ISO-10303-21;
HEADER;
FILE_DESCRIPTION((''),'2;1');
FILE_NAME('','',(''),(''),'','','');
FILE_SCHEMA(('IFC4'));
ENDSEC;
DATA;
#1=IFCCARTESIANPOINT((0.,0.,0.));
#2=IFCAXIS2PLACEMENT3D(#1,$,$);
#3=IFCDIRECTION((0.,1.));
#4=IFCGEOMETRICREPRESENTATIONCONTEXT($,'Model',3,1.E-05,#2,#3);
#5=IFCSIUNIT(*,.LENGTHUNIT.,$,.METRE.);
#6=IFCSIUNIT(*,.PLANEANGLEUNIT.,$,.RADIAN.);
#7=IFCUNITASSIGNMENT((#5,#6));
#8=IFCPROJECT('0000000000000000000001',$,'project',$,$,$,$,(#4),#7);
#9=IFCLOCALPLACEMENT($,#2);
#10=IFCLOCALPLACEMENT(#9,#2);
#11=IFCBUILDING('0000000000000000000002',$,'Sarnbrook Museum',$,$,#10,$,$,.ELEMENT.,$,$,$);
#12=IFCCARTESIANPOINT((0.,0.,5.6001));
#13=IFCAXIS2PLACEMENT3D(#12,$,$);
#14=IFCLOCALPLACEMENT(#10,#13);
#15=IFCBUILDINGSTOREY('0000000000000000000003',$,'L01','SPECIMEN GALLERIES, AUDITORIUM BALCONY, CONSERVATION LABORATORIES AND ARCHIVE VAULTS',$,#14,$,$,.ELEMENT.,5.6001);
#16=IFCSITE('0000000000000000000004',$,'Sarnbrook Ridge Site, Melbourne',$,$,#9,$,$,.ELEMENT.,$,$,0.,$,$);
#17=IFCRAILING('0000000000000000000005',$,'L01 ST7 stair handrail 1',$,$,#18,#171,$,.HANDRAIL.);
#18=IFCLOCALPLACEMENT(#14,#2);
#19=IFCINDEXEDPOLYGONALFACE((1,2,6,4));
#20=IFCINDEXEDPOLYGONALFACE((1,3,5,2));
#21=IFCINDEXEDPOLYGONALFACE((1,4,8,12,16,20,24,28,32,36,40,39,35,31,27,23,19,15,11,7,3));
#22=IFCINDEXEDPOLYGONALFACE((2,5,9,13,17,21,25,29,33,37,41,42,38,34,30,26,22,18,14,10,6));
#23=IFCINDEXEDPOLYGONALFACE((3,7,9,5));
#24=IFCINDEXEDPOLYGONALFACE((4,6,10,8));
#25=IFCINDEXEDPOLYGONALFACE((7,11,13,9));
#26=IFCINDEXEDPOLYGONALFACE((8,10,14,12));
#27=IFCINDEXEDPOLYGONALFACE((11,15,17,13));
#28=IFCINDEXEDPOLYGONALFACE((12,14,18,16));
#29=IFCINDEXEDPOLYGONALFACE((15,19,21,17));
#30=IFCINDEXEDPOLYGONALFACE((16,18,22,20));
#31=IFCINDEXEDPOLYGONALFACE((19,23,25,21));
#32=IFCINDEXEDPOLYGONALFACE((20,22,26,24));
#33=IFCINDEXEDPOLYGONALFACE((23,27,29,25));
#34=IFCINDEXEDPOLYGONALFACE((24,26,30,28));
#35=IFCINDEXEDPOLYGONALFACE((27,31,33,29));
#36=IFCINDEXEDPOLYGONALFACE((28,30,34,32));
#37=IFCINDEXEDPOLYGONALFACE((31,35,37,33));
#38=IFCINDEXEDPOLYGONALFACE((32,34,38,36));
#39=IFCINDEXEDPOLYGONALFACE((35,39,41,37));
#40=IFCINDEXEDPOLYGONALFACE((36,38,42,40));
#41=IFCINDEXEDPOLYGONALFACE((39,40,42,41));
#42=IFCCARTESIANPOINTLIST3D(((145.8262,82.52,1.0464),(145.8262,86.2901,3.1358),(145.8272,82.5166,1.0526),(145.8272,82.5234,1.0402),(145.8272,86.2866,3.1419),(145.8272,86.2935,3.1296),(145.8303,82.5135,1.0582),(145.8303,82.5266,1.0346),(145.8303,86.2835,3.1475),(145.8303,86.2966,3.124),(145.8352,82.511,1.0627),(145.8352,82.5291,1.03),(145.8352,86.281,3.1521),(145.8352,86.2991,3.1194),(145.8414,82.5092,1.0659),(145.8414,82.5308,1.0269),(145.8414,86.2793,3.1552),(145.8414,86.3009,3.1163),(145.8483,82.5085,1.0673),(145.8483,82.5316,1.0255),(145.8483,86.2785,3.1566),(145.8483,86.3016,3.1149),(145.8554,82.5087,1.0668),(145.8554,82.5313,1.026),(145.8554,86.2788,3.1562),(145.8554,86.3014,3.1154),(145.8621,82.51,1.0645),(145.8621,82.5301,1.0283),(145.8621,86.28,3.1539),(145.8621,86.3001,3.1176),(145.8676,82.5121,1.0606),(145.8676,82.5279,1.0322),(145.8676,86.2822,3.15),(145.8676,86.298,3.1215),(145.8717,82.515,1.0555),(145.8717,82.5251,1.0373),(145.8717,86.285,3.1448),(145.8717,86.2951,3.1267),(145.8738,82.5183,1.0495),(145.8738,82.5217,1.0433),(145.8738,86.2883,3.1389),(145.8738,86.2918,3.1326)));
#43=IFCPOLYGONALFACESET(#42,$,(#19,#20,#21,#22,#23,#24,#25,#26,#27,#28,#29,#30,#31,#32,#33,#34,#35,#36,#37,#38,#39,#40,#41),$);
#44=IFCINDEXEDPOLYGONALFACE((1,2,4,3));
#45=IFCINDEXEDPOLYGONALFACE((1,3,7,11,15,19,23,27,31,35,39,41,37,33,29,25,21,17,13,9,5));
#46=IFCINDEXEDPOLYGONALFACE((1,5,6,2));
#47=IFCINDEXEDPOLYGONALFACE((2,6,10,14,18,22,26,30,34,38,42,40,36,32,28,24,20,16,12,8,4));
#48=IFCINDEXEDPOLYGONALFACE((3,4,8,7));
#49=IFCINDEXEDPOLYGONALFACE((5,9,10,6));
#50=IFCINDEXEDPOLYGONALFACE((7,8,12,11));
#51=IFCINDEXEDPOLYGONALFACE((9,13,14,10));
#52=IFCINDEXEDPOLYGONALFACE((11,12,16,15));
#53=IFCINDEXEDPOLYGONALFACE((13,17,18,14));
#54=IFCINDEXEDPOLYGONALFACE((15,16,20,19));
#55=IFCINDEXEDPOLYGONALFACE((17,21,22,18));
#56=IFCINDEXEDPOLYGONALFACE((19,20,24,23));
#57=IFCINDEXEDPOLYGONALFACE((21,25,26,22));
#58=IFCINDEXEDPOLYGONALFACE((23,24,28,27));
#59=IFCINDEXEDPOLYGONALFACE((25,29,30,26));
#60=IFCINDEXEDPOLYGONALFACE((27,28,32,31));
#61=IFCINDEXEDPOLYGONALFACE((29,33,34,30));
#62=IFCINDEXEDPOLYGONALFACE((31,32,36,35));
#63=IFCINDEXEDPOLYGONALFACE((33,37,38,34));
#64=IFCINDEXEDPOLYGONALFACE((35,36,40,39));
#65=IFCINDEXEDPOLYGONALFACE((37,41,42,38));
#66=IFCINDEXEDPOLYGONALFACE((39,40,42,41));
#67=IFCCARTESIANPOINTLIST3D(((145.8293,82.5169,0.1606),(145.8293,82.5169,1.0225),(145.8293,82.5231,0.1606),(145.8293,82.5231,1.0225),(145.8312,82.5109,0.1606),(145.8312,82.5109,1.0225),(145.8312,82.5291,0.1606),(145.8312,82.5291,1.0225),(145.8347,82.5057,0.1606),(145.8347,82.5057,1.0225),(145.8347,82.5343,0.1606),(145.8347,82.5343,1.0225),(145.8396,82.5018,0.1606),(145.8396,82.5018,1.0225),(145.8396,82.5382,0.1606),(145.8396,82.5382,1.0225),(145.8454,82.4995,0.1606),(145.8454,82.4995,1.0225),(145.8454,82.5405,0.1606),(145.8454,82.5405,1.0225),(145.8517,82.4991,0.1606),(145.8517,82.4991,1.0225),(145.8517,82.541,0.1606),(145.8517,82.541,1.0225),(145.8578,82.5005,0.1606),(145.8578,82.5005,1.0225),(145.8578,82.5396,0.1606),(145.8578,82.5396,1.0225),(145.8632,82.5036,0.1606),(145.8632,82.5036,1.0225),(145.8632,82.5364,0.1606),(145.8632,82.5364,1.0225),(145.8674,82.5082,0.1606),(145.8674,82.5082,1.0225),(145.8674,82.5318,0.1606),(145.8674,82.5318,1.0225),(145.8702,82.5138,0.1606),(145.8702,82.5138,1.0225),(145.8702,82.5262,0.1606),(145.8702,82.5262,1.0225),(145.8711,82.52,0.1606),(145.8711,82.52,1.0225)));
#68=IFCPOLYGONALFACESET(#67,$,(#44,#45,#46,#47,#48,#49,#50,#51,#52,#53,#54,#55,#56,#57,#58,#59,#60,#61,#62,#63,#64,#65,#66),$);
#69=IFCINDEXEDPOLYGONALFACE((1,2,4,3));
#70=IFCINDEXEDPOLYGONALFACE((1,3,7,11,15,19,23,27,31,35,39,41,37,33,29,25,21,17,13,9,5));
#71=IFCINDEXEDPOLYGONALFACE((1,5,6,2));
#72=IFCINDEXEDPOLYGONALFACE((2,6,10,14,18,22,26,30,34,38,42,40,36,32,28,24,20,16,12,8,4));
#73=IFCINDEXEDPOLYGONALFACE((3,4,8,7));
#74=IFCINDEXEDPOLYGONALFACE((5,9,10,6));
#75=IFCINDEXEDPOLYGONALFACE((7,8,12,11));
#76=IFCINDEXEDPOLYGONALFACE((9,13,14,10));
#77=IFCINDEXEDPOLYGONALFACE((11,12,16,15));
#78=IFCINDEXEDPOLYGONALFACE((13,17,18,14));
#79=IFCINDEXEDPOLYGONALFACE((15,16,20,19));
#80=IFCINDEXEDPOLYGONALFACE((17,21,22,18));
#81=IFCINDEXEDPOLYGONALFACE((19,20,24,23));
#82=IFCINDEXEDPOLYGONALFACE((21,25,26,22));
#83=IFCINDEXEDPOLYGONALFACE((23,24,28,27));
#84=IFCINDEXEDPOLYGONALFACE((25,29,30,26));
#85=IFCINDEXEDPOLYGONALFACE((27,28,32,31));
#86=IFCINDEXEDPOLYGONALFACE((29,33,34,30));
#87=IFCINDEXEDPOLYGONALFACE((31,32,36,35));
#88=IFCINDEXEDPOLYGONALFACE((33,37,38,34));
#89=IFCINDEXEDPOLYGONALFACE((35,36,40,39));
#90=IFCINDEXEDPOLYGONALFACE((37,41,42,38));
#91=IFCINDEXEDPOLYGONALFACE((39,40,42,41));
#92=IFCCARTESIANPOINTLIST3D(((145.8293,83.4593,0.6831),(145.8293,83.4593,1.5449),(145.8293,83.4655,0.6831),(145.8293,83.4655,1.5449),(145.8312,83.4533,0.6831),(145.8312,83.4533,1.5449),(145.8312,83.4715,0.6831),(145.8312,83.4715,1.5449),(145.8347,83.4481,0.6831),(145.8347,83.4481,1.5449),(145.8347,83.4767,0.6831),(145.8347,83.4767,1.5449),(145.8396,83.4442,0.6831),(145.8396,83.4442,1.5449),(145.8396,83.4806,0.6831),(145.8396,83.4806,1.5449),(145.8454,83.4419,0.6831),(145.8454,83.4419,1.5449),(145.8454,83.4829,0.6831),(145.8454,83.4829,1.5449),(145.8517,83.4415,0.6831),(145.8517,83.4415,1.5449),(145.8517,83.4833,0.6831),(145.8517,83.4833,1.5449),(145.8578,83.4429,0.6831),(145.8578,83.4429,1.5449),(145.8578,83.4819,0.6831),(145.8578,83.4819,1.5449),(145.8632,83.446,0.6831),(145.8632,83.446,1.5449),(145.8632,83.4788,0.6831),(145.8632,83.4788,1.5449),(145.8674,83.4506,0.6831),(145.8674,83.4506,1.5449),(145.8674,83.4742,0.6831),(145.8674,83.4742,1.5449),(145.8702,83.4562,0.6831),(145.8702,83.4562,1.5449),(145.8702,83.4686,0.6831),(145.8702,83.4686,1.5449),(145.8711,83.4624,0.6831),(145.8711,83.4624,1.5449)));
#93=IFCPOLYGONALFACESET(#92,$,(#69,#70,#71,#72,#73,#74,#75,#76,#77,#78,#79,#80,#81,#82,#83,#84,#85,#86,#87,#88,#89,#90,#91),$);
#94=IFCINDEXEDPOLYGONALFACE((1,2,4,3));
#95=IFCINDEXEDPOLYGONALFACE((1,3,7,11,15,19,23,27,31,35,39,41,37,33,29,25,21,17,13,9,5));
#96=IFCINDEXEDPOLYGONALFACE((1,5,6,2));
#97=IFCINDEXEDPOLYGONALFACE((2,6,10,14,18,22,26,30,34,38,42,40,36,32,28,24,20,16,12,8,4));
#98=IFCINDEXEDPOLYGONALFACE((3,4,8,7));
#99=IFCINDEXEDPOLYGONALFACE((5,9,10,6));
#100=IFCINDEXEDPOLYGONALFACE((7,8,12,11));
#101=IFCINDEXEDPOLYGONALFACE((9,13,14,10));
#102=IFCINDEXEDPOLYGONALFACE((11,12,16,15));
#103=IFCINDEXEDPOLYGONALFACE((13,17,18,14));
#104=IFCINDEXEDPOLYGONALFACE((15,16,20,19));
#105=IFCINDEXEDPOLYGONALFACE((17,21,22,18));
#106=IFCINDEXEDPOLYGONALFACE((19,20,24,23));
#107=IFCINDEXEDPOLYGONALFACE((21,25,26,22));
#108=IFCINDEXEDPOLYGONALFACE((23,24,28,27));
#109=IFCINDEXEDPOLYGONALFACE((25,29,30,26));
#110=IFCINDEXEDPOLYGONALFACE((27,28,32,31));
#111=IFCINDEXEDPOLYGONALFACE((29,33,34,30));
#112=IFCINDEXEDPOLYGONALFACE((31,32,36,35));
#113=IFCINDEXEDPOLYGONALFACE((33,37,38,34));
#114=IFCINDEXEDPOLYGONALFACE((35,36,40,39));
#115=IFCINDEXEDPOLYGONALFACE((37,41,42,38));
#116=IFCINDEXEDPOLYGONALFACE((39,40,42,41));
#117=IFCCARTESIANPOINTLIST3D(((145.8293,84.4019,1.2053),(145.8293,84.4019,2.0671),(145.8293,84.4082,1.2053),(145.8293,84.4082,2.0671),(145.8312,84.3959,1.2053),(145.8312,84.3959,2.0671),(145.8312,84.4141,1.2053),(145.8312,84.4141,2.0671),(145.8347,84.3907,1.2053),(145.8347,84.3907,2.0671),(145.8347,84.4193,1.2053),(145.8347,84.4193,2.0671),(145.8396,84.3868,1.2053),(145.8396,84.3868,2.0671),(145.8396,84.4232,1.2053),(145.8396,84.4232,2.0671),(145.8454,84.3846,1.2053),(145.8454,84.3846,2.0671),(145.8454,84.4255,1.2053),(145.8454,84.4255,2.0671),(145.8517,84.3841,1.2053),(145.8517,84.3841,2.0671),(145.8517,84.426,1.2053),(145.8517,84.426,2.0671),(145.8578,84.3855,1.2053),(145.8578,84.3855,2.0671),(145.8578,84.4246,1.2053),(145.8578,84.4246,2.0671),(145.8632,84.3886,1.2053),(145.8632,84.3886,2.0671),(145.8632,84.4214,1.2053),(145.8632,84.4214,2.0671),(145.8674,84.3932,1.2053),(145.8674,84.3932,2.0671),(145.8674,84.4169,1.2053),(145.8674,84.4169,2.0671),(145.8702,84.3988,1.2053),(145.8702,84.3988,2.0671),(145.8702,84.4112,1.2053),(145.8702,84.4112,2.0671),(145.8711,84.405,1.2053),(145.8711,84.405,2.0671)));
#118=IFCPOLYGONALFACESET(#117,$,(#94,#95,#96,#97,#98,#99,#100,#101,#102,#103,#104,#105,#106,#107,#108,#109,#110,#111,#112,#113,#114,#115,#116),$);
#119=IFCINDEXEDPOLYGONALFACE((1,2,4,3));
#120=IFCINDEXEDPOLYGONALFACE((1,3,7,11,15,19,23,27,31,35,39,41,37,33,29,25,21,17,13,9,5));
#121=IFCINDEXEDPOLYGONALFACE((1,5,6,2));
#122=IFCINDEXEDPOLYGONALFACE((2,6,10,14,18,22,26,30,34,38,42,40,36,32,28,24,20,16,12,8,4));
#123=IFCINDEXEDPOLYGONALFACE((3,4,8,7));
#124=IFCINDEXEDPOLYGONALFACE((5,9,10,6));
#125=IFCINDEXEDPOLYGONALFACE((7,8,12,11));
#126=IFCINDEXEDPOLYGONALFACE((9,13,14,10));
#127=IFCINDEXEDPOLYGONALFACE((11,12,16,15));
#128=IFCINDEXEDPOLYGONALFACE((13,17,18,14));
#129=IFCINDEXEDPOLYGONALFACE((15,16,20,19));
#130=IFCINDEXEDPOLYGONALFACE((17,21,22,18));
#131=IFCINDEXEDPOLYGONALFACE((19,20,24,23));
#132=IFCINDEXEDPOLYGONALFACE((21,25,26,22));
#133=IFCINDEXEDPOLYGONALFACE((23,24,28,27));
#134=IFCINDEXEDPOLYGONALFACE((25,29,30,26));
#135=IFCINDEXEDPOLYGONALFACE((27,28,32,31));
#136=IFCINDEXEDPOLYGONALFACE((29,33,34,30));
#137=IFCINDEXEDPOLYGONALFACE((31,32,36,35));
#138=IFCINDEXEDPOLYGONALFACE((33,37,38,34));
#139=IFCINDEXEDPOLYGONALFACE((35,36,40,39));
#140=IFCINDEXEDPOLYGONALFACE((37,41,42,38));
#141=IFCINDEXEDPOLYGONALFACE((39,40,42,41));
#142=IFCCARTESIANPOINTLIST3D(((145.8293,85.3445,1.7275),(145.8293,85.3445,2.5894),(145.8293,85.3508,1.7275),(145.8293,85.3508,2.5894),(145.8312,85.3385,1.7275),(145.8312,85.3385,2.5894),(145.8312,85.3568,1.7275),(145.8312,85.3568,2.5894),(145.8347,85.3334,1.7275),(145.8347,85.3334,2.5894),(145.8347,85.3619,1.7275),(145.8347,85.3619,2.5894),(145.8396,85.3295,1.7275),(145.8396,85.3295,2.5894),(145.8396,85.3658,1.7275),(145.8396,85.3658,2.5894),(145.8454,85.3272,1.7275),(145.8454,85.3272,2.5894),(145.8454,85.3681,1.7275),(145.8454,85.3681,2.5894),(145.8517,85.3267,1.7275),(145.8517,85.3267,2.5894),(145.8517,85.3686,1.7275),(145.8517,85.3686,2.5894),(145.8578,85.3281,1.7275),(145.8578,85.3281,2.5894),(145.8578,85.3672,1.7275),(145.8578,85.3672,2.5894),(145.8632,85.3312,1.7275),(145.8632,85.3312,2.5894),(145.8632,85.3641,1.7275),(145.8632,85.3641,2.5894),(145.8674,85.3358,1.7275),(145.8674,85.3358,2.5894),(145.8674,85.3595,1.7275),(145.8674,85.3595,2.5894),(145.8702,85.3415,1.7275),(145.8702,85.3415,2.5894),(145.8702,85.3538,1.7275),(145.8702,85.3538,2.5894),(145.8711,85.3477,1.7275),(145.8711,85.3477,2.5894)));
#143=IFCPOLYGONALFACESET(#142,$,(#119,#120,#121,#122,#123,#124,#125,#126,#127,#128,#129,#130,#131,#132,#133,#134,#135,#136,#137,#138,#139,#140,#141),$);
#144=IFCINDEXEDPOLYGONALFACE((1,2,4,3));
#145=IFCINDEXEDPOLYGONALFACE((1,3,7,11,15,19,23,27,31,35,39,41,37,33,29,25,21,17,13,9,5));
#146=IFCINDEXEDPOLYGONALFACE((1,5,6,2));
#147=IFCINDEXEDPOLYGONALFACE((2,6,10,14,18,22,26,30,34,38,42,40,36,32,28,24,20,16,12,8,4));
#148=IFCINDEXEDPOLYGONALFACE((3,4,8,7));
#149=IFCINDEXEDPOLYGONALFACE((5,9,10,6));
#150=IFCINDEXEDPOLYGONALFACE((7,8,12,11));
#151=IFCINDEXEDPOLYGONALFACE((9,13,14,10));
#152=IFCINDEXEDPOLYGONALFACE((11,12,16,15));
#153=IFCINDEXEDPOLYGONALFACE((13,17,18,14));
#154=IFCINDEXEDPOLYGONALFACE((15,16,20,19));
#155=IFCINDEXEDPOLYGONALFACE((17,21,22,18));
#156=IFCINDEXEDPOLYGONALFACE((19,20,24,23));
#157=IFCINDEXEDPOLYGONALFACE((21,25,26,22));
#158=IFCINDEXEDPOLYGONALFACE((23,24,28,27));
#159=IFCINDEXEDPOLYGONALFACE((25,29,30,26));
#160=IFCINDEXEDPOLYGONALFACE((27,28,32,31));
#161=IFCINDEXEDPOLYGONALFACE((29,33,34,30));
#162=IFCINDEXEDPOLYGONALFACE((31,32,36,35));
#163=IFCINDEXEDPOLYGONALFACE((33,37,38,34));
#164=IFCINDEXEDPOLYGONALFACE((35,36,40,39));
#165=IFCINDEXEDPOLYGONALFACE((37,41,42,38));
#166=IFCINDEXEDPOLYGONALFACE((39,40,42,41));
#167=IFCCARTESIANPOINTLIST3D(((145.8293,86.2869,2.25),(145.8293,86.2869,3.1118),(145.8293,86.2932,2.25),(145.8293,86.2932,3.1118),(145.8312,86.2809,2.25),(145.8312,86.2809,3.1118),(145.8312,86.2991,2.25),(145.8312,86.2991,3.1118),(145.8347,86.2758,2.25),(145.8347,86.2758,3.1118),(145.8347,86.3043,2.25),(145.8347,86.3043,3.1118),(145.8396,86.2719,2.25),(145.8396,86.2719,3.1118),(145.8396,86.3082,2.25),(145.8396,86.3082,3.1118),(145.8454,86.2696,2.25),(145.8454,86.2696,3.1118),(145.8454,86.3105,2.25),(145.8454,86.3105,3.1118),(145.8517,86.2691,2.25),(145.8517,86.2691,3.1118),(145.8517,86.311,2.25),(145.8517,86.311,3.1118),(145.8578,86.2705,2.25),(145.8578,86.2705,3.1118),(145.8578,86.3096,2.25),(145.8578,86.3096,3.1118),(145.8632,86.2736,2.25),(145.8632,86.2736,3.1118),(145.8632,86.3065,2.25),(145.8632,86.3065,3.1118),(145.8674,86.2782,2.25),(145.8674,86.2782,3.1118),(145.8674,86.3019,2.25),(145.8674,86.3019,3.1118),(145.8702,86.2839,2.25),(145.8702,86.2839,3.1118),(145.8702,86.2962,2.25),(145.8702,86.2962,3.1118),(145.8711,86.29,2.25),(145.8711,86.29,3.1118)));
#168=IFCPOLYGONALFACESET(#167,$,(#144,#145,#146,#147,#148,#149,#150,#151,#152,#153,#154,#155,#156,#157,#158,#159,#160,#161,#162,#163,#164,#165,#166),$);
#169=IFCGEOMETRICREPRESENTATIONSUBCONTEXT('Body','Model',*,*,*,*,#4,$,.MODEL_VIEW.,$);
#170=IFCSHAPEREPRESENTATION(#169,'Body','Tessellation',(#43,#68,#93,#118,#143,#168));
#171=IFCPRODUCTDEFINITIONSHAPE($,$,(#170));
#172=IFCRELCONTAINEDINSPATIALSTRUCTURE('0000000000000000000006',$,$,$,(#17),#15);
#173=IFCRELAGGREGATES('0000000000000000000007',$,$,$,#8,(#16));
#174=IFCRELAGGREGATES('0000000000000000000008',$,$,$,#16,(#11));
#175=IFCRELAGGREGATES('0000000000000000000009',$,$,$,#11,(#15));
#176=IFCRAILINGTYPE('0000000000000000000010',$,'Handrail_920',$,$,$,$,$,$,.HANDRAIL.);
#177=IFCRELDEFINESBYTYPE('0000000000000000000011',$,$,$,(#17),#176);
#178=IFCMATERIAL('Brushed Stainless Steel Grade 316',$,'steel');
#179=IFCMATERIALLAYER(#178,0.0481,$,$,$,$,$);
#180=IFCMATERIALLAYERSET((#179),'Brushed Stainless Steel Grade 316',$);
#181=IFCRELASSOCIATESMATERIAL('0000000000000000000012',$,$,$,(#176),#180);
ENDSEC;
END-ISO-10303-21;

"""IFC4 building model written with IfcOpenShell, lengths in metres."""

from ifc_helpers import new_model, si_unit, direction, frame, origin, origin_2d, place, context, subcontext, project, spatial, circle, extrude, material, layer, layer_set, type_object, element, save


model = new_model("IFC4")

# Units and contexts
model_context = context("Model", 3, precision=1e-05, world=origin(), true_north=direction((0.0, 1.0)))
body_context = subcontext(model_context, "Body", "Model", "MODEL_VIEW")
ifc_project = project(units=[si_unit("LENGTHUNIT", "METRE"), si_unit("PLANEANGLEUNIT", "RADIAN")], contexts=[model_context])

# Site, building, storey
site_placement = place(None, origin())
site = spatial("IfcSite", under=ifc_project, at=site_placement, Name="Sarnbrook Ridge Site, Melbourne", CompositionType="ELEMENT", RefElevation=0.0)
building_placement = place(site_placement, origin())
building = spatial("IfcBuilding", under=site, at=building_placement, Name="Sarnbrook Museum", CompositionType="ELEMENT")
storey_placement = place(building_placement, frame((0.0, 0.0, 5.6001)))
storey = spatial("IfcBuildingStorey", under=building, at=storey_placement, Name="L01", Description="SPECIMEN GALLERIES, AUDITORIUM BALCONY, CONSERVATION LABORATORIES AND ARCHIVE VAULTS", CompositionType="ELEMENT", Elevation=5.6001)

# Railing
ifc_material_1 = material(Name="Brushed Stainless Steel Grade 316", Category="steel")
ifc_layer_1 = layer(ifc_material_1, 0.0481)
ifc_layer_set_1 = layer_set([ifc_layer_1], Name="Brushed Stainless Steel Grade 316")
railing_type_1 = type_object("IfcRailingType", Name="Handrail_920", PredefinedType="HANDRAIL", material=ifc_layer_set_1)
railing_1_placement = place(storey_placement, frame((145.8501, 82.52, 0.1606)))
element("IfcRailing", 1, at=railing_1_placement, inside=storey, type_object=railing_type_1, Name="L01 ST7 stair handrail 1", PredefinedType="HANDRAIL", context=body_context, shape_type="SweptSolid", body=[
    extrude(circle(Radius=0.0239, at=origin_2d()), frame((0.0, 0.0, 0.8857), z_axis=(0.0, 0.874659, 0.484739), x_axis=(-1.0, 0.0, 0.0)), (0.0, 0.0, 1.0), 4.3103),
    extrude(circle(Radius=0.021, at=origin_2d()), origin(), (0.0, 0.0, 1.0), 0.8618),
    extrude(circle(Radius=0.021, at=origin_2d()), frame((0.0, 0.9424, 0.5225)), (0.0, 0.0, 1.0), 0.8618),
    extrude(circle(Radius=0.021, at=origin_2d()), frame((0.0, 1.885, 1.0447)), (0.0, 0.0, 1.0), 0.8618),
    extrude(circle(Radius=0.021, at=origin_2d()), frame((0.0, 2.8276, 1.5669)), (0.0, 0.0, 1.0), 0.8618),
    extrude(circle(Radius=0.021, at=origin_2d()), frame((0.0, 3.77, 2.0894)), (0.0, 0.0, 1.0), 0.8618),
])

save(model, "model.ifc")
